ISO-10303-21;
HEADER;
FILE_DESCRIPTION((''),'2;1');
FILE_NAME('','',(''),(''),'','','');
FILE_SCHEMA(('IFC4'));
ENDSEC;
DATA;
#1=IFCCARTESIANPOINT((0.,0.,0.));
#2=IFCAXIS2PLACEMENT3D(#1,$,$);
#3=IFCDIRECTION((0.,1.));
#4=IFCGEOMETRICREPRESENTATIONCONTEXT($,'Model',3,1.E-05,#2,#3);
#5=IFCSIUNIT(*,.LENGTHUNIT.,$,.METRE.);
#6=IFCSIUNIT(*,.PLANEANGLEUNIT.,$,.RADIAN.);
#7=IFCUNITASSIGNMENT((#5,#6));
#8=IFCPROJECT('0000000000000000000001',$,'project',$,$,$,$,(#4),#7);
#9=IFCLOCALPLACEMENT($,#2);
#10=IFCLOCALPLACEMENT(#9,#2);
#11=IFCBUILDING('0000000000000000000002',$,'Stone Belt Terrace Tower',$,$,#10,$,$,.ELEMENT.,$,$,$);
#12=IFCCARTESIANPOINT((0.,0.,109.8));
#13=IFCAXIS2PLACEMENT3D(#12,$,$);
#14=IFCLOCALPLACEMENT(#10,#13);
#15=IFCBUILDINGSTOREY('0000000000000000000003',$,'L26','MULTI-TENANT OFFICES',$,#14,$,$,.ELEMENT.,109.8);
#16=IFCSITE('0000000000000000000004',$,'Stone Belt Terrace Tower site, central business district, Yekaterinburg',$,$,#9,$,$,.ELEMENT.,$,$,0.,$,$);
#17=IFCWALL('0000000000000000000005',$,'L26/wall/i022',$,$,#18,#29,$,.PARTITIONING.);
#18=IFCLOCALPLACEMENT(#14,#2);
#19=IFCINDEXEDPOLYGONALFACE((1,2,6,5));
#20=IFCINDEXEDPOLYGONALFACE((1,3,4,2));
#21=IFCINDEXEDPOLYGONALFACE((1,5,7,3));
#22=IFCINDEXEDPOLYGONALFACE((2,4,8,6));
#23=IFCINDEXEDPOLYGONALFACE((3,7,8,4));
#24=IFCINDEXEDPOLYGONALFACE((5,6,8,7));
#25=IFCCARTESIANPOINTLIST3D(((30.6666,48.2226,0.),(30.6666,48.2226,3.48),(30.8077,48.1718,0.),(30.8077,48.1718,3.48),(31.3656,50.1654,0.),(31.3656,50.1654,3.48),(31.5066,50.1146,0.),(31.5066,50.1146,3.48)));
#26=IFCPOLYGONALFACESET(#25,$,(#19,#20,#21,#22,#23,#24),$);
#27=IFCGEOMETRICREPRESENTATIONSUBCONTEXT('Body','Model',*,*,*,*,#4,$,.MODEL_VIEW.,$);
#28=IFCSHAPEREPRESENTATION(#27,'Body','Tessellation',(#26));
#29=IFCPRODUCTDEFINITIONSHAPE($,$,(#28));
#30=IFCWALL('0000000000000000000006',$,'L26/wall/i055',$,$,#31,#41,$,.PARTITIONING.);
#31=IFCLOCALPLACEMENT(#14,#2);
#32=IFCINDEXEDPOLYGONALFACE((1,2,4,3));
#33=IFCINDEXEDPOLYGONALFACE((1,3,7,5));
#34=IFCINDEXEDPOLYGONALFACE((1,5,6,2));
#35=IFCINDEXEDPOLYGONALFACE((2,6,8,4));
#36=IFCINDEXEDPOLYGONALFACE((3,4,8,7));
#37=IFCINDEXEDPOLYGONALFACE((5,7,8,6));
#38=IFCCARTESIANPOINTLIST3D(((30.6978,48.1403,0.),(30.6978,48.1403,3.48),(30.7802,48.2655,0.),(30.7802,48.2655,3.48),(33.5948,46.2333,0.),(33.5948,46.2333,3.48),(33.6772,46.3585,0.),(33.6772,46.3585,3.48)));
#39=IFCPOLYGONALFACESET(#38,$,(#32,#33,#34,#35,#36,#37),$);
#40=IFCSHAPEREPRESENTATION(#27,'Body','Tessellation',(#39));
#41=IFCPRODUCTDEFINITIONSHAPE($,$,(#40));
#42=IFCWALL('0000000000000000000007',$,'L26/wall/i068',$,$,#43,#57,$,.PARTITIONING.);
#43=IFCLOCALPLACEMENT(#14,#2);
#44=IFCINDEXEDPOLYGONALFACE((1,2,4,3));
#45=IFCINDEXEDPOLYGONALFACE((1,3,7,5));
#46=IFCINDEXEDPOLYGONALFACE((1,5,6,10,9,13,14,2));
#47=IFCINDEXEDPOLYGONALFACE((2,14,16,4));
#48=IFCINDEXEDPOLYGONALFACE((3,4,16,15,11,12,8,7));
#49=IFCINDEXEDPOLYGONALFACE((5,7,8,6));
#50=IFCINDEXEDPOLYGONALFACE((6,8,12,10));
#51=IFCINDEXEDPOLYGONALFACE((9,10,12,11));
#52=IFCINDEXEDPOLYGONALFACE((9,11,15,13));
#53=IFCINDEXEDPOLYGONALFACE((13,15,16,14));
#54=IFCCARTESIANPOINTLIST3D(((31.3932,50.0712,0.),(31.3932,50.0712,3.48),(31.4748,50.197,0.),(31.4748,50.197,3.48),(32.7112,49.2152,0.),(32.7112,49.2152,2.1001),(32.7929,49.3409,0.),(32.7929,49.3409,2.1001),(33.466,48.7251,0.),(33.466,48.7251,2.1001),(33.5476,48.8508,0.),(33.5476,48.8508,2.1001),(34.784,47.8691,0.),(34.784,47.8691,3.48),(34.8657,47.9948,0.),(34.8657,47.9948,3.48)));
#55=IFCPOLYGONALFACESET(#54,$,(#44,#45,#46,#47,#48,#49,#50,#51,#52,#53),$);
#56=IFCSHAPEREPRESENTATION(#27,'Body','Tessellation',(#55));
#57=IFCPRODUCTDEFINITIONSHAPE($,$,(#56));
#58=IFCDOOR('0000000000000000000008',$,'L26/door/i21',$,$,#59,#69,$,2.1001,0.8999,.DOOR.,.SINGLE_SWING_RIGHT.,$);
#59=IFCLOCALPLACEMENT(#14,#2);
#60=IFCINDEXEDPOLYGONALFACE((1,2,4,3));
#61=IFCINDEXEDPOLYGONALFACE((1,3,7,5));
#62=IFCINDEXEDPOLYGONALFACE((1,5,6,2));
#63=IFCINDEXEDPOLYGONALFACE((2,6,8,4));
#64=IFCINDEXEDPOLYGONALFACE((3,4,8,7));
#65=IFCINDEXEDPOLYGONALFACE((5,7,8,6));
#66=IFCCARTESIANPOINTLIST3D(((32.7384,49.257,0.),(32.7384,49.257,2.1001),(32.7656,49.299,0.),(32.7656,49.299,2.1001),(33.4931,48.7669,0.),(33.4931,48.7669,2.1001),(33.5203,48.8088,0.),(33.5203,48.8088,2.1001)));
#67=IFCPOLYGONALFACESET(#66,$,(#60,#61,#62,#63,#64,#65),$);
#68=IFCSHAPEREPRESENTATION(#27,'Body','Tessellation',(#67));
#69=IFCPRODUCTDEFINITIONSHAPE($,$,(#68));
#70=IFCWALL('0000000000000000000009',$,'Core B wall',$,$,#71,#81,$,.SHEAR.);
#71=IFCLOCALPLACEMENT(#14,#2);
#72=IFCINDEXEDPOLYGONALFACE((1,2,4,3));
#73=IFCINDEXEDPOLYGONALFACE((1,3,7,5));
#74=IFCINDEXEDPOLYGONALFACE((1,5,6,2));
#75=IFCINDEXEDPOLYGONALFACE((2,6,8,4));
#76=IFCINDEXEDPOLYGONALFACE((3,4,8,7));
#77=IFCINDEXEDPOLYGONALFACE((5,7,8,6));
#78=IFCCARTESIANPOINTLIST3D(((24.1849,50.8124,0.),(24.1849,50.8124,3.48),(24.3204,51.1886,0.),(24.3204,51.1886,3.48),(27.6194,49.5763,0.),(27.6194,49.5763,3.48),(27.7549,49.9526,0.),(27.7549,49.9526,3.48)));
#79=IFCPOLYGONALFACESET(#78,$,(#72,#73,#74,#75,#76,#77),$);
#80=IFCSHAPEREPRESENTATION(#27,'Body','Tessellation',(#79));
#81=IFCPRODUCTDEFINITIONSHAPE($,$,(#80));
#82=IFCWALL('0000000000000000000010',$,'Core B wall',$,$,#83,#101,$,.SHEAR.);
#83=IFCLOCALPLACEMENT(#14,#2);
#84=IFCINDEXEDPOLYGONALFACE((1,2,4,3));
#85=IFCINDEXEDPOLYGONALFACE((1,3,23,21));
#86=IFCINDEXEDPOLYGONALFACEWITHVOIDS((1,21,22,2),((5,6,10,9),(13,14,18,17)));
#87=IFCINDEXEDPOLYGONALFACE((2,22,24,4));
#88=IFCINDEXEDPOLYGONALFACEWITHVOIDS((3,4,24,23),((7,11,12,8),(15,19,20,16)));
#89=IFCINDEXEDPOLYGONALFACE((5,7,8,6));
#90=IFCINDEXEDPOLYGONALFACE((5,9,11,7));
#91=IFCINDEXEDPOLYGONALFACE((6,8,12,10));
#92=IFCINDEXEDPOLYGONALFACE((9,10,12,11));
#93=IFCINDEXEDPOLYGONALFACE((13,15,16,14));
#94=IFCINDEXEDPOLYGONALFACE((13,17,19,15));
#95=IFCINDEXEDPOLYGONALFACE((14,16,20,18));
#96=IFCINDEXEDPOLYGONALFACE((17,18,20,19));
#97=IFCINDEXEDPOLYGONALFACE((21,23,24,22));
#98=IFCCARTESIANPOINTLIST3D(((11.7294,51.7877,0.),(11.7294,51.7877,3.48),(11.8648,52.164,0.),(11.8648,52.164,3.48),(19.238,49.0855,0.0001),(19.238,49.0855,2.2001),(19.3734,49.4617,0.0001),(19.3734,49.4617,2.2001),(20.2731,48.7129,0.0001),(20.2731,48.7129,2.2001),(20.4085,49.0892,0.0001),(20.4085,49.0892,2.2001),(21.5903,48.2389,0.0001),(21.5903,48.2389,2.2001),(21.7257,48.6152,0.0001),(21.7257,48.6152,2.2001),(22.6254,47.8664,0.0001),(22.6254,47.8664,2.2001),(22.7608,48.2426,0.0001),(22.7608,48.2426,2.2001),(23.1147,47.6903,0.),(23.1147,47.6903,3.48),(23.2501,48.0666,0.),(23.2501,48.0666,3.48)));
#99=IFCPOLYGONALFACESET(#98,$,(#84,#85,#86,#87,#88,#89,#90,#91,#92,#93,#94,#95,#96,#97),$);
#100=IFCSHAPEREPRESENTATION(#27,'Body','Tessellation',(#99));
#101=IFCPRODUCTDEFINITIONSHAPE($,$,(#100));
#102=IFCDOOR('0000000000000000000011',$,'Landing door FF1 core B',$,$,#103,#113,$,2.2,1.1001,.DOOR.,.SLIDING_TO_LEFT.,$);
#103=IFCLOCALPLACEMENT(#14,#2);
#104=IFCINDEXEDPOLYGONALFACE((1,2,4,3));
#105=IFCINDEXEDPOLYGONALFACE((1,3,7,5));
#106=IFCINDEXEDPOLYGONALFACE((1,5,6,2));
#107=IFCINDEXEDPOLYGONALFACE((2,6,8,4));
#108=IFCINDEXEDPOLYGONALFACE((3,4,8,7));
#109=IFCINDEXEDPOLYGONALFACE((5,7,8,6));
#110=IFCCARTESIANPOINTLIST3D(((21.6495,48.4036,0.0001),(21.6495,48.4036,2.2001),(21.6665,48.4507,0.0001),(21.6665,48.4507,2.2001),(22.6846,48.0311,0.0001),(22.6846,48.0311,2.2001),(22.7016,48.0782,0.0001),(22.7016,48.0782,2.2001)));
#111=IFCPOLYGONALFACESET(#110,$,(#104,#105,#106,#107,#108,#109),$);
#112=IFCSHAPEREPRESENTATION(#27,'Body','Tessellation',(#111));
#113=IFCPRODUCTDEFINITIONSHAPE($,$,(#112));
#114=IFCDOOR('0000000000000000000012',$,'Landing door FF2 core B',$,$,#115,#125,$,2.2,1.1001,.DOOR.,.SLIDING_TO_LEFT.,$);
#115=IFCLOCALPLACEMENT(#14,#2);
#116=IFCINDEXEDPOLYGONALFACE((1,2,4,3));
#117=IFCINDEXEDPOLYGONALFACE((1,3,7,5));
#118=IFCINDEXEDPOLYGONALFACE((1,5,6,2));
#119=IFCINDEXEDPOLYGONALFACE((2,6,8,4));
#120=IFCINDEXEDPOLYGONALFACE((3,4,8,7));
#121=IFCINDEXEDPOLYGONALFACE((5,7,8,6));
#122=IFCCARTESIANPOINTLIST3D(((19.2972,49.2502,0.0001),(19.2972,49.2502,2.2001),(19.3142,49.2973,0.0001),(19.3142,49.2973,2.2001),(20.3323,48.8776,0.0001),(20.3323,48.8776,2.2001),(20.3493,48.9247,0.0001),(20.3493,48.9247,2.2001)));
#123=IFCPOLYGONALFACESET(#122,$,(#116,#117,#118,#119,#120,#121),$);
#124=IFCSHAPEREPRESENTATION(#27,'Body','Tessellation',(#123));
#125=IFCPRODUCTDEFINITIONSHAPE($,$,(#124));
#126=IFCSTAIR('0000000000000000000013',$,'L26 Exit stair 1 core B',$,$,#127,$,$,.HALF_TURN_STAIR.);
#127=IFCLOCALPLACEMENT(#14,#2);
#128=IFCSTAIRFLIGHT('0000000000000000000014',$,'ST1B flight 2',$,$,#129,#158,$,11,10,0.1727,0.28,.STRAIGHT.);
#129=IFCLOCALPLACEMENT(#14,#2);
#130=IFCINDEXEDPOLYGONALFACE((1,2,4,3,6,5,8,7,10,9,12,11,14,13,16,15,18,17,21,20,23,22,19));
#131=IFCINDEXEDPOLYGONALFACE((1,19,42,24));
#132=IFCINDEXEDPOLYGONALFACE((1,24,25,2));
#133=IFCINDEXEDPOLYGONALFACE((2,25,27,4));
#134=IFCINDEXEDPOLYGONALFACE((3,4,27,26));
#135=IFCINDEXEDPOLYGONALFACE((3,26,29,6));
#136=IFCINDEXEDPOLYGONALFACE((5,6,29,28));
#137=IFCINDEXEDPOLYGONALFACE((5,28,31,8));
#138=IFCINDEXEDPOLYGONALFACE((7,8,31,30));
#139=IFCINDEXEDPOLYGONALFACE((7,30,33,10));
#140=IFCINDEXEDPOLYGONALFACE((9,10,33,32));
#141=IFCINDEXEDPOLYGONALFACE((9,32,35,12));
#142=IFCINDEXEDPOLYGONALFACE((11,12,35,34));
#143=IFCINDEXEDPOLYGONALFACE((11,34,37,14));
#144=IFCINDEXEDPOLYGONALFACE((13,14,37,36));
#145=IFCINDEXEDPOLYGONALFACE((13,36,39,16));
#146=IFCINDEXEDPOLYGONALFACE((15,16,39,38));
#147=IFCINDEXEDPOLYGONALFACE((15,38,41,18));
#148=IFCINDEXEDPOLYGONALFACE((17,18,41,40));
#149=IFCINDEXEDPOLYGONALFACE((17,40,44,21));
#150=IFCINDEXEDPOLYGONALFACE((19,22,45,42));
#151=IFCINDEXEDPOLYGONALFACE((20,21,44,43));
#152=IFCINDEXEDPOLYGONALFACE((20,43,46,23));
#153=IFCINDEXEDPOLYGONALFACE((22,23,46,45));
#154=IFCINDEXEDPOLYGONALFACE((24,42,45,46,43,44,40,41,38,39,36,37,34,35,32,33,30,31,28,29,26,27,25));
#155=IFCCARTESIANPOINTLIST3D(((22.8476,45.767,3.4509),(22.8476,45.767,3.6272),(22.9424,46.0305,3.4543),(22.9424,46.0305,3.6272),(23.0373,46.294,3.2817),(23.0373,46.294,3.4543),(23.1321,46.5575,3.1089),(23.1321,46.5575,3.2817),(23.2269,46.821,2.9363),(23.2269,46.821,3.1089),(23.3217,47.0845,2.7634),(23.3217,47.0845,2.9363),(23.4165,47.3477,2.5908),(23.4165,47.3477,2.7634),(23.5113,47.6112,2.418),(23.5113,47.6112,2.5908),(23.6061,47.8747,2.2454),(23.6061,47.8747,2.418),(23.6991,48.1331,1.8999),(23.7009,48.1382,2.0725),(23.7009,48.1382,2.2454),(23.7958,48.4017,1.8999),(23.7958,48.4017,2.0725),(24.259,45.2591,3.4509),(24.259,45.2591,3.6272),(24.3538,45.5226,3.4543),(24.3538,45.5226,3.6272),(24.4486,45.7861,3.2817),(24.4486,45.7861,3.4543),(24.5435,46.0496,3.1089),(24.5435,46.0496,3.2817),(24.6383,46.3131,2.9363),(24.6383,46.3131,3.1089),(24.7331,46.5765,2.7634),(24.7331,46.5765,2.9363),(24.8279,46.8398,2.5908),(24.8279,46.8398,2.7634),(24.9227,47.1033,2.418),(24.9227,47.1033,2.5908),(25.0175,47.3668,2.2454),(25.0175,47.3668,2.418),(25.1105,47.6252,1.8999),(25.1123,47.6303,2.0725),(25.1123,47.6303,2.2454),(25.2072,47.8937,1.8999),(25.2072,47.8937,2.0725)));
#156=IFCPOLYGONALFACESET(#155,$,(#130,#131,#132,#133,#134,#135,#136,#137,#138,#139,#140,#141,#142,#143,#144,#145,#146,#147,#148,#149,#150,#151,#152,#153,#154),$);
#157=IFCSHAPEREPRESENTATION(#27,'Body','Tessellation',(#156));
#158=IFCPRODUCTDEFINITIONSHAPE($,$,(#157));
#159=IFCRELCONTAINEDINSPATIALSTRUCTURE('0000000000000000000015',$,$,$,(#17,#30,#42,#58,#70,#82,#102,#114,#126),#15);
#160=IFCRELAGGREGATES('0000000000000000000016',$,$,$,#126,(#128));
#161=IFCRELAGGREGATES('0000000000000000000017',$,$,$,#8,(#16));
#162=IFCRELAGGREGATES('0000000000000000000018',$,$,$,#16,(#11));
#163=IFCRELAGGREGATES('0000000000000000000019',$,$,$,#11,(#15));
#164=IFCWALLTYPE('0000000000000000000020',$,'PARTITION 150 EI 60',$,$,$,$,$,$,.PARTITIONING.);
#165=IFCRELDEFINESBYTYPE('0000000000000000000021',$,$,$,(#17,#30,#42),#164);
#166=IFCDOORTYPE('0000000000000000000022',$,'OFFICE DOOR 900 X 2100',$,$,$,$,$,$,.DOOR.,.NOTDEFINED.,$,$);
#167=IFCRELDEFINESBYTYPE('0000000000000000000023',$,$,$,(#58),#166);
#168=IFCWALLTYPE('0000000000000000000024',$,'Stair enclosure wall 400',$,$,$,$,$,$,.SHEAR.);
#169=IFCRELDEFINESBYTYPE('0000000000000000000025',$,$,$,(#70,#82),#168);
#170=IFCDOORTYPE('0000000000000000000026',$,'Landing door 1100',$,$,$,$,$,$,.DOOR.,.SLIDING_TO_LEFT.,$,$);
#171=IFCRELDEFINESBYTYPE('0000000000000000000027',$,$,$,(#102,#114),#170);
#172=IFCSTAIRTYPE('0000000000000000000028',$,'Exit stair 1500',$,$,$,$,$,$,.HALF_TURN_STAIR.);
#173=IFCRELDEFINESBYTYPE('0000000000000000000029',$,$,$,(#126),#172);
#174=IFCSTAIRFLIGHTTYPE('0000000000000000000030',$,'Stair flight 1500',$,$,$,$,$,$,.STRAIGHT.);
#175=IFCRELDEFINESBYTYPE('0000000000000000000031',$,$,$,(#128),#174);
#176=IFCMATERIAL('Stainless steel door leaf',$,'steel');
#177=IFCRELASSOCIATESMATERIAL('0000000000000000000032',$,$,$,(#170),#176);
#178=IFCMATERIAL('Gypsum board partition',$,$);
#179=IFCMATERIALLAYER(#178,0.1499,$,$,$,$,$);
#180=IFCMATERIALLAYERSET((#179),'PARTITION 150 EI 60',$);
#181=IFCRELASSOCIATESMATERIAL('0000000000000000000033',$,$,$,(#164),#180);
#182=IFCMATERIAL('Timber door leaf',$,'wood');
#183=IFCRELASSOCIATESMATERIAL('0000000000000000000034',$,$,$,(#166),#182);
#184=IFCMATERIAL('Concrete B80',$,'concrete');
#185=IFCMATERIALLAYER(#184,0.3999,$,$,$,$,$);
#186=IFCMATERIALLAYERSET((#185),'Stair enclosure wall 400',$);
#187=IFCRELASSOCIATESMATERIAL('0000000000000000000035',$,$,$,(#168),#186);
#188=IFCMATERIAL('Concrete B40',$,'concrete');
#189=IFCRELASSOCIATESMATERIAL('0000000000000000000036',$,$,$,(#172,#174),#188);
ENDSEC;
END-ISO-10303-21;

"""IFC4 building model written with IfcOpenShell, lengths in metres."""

from ifc_helpers import new_model, si_unit, direction, frame, frame_2d, origin, place, context, subcontext, project, spatial, polyline, rectangle, outline, extrude, material, layer, layer_set, type_object, element, fill, aggregate, save


model = new_model("IFC4")

# Units and contexts
model_context = context("Model", 3, precision=1e-05, world=origin(), true_north=direction((0.0, 1.0)))
body_context = subcontext(model_context, "Body", "Model", "MODEL_VIEW")
ifc_project = project(units=[si_unit("LENGTHUNIT", "METRE"), si_unit("PLANEANGLEUNIT", "RADIAN")], contexts=[model_context])

# Site, building, storey
site_placement = place(None, origin())
site = spatial("IfcSite", under=ifc_project, at=site_placement, Name="Stone Belt Terrace Tower site, central business district, Yekaterinburg", CompositionType="ELEMENT", RefElevation=0.0)
building_placement = place(site_placement, origin())
building = spatial("IfcBuilding", under=site, at=building_placement, Name="Stone Belt Terrace Tower", CompositionType="ELEMENT")
storey_placement = place(building_placement, frame((0.0, 0.0, 109.8)))
storey = spatial("IfcBuildingStorey", under=building, at=storey_placement, Name="L26", Description="MULTI-TENANT OFFICES", CompositionType="ELEMENT", Elevation=109.8)

# Shared definitions
ifc_material_1 = material(Name="Concrete B80", Category="concrete")

# Shared definitions
ifc_material_2 = material(Name="Timber door leaf", Category="wood")

# Shared definitions
ifc_material_3 = material(Name="Stainless steel door leaf", Category="steel")

# Shared definitions
door_type_1 = type_object("IfcDoorType", Name="Landing door 1100", OperationType="SLIDING_TO_LEFT", PredefinedType="DOOR", material=ifc_material_3)

# Shared definitions
ifc_material_4 = material(Name="Gypsum board partition")
ifc_layer_1 = layer(ifc_material_4, 0.1499)
ifc_layer_set_1 = layer_set([ifc_layer_1], Name="PARTITION 150 EI 60")
wall_type_1 = type_object("IfcWallType", Name="PARTITION 150 EI 60", PredefinedType="PARTITIONING", material=ifc_layer_set_1)
door_type_2 = type_object("IfcDoorType", Name="OFFICE DOOR 900 X 2100", OperationType="NOTDEFINED", PredefinedType="DOOR", material=ifc_material_2)

# Walls
wall_1_placement = place(storey_placement, frame((31.436, 50.1399, 0.0), z_axis=(0.0, 0.0, 1.0), x_axis=(-0.338523, -0.940958, 0.0)))
element("IfcWall", 1, at=wall_1_placement, inside=storey, type_object=wall_type_1, Name="L26/wall/i022", PredefinedType="PARTITIONING", context=body_context, shape_type="SweptSolid", body=[
    extrude(rectangle(XDim=2.0647, YDim=0.1499, at=frame_2d((1.0322, 0.0))), origin(), (0.0, 0.0, 1.0), 3.48),
])
wall_2_placement = place(storey_placement, frame((30.739, 48.2029, 0.0), z_axis=(0.0, 0.0, 1.0), x_axis=(0.835274, -0.549834, 0.0)))
element("IfcWall", 2, at=wall_2_placement, inside=storey, type_object=wall_type_1, Name="L26/wall/i055", PredefinedType="PARTITIONING", context=body_context, shape_type="SweptSolid", body=[
    extrude(rectangle(XDim=3.4683, YDim=0.1499, at=frame_2d((1.7341, 0.0))), origin(), (0.0, 0.0, 1.0), 3.48),
])

# Wall, opening, door
wall_3_placement = place(storey_placement, frame((31.4341, 50.134, 0.0), z_axis=(0.0, 0.0, 1.0), x_axis=(0.83866, -0.544655, 0.0)))
wall_3 = element("IfcWall", 3, at=wall_3_placement, inside=storey, type_object=wall_type_1, Name="L26/wall/i068", PredefinedType="PARTITIONING", context=body_context, shape_type="SweptSolid", body=[
    extrude(rectangle(XDim=4.0432, YDim=0.1499, at=frame_2d((2.0215, 0.0))), origin(), (0.0, 0.0, 1.0), 3.48),
])
opening_1_placement = place(wall_3_placement, frame((1.5715, 0.0, 0.0)))
opening_1 = element("IfcOpeningElement", 4, at=opening_1_placement, cuts=wall_3, PredefinedType="OPENING", context=body_context, shape_type="SweptSolid", body=[
    extrude(rectangle(XDim=0.8999, YDim=2.1001, at=frame_2d((0.45, 1.05))), frame((0.0, 0.085, 0.0), z_axis=(0.0, -1.0, 0.0), x_axis=(1.0, 0.0, 0.0)), (0.0, 0.0, 1.0), 0.1699),
])
door_1_placement = place(opening_1_placement, origin())
door_1 = element("IfcDoor", 5, at=door_1_placement, inside=storey, type_object=door_type_2, Name="L26/door/i21", OperationType="SINGLE_SWING_RIGHT", OverallHeight=2.1001, OverallWidth=0.8999, PredefinedType="DOOR", context=body_context, shape_type="SweptSolid", body=[
    extrude(rectangle(XDim=0.8999, YDim=2.1001, at=frame_2d((0.45, 1.05))), frame((0.0, 0.0249, 0.0), z_axis=(0.0, -1.0, 0.0), x_axis=(1.0, 0.0, 0.0)), (0.0, 0.0, 1.0), 0.05),
])
fill(opening_1, door_1)

# Wall
ifc_layer_2 = layer(ifc_material_1, 0.3999)
ifc_layer_set_2 = layer_set([ifc_layer_2], Name="Stair enclosure wall 400")
wall_type_2 = type_object("IfcWallType", Name="Stair enclosure wall 400", PredefinedType="SHEAR", material=ifc_layer_set_2)
wall_4_placement = place(storey_placement, frame((27.6873, 49.7644, 0.0), z_axis=(0.0, 0.0, 1.0), x_axis=(-0.940919, 0.338632, 0.0)))
element("IfcWall", 6, at=wall_4_placement, inside=storey, type_object=wall_type_2, Name="Core B wall", PredefinedType="SHEAR", context=body_context, shape_type="SweptSolid", body=[
    extrude(rectangle(XDim=3.6501, YDim=0.3999, at=frame_2d((1.8252, 0.0))), origin(), (0.0, 0.0, 1.0), 3.48),
])

# Wall, openings, doors
wall_5_placement = place(storey_placement, frame((23.1824, 47.8784, 0.0), z_axis=(0.0, 0.0, 1.0), x_axis=(-0.940921, 0.338626, 0.0)))
wall_5 = element("IfcWall", 7, at=wall_5_placement, inside=storey, type_object=wall_type_2, Name="Core B wall", PredefinedType="SHEAR", context=body_context, shape_type="SweptSolid", body=[
    extrude(rectangle(XDim=12.1001, YDim=0.3999, at=frame_2d((6.05, 0.0))), origin(), (0.0, 0.0, 1.0), 3.48),
])
opening_2_placement = place(wall_5_placement, frame((0.52, 0.0, 0.0)))
opening_2 = element("IfcOpeningElement", 8, at=opening_2_placement, cuts=wall_5, PredefinedType="OPENING", context=body_context, shape_type="SweptSolid", body=[
    extrude(rectangle(XDim=1.1001, YDim=2.2, at=frame_2d((0.55, 1.1001))), frame((0.0, 0.21, 0.0), z_axis=(0.0, -1.0, 0.0), x_axis=(1.0, 0.0, 0.0)), (0.0, 0.0, 1.0), 0.4199),
])
opening_3_placement = place(wall_5_placement, frame((3.02, 0.0, 0.0)))
opening_3 = element("IfcOpeningElement", 9, at=opening_3_placement, cuts=wall_5, PredefinedType="OPENING", context=body_context, shape_type="SweptSolid", body=[
    extrude(rectangle(XDim=1.1001, YDim=2.2, at=frame_2d((0.55, 1.1001))), frame((0.0, 0.21, 0.0), z_axis=(0.0, -1.0, 0.0), x_axis=(1.0, 0.0, 0.0)), (0.0, 0.0, 1.0), 0.4199),
])
door_2_placement = place(opening_2_placement, origin())
door_2 = element("IfcDoor", 10, at=door_2_placement, inside=storey, type_object=door_type_1, Name="Landing door FF1 core B", OperationType="SLIDING_TO_LEFT", OverallHeight=2.2, OverallWidth=1.1001, PredefinedType="DOOR", context=body_context, shape_type="SweptSolid", body=[
    extrude(rectangle(XDim=1.1001, YDim=2.2, at=frame_2d((0.55, 1.1001))), frame((0.0, 0.0249, 0.0), z_axis=(0.0, -1.0, 0.0), x_axis=(1.0, 0.0, 0.0)), (0.0, 0.0, 1.0), 0.05),
])
fill(opening_2, door_2)
door_3_placement = place(opening_3_placement, origin())
door_3 = element("IfcDoor", 11, at=door_3_placement, inside=storey, type_object=door_type_1, Name="Landing door FF2 core B", OperationType="SLIDING_TO_LEFT", OverallHeight=2.2, OverallWidth=1.1001, PredefinedType="DOOR", context=body_context, shape_type="SweptSolid", body=[
    extrude(rectangle(XDim=1.1001, YDim=2.2, at=frame_2d((0.55, 1.1001))), frame((0.0, 0.0249, 0.0), z_axis=(0.0, -1.0, 0.0), x_axis=(1.0, 0.0, 0.0)), (0.0, 0.0, 1.0), 0.05),
])
fill(opening_3, door_3)

# Stair, stair flight
ifc_material_5 = material(Name="Concrete B40", Category="concrete")
stair_type = type_object("IfcStairType", Name="Exit stair 1500", PredefinedType="HALF_TURN_STAIR", material=ifc_material_5)
stair_placement = place(storey_placement, origin())
stair = element("IfcStair", 12, at=stair_placement, inside=storey, type_object=stair_type, Name="L26 Exit stair 1 core B", PredefinedType="HALF_TURN_STAIR")
stair_flight_type = type_object("IfcStairFlightType", Name="Stair flight 1500", PredefinedType="STRAIGHT", material=ifc_material_5)
stair_flight_placement = place(storey_placement, frame((24.5015, 48.1477, 1.8999), z_axis=(0.0, 0.0, 1.0), x_axis=(-0.338624, -0.940922, 0.0)))
stair_flight = element("IfcStairFlight", 13, at=stair_flight_placement, type_object=stair_flight_type, Name="ST1B flight 2", NumberOfRisers=11, NumberOfTreads=10, PredefinedType="STRAIGHT", RiserHeight=0.1727, TreadLength=0.28, context=body_context, shape_type="SweptSolid", body=[
    extrude(outline(polyline([(0.0, 0.0), (0.0, 0.1726), (0.28, 0.1726), (0.28, 0.3455), (0.5601, 0.3455), (0.5601, 0.5181), (0.8401, 0.5181), (0.8401, 0.6909), (1.1201, 0.6909), (1.1201, 0.8635), (1.3999, 0.8635), (1.3999, 1.0364), (1.6799, 1.0364), (1.6799, 1.209), (1.96, 1.209), (1.96, 1.3818), (2.24, 1.3818), (2.24, 1.5544), (2.52, 1.5544), (2.52, 1.7273), (2.8, 1.7273), (2.8, 1.8999), (2.8, 1.551), (0.2854, 0.0), (0.0, 0.0)])), frame((0.0, 0.75, 0.0), z_axis=(0.0, -1.0, 0.0), x_axis=(1.0, 0.0, 0.0)), (0.0, 0.0, 1.0), 1.5),
])
aggregate(stair, [stair_flight])

save(model, "model.ifc")
